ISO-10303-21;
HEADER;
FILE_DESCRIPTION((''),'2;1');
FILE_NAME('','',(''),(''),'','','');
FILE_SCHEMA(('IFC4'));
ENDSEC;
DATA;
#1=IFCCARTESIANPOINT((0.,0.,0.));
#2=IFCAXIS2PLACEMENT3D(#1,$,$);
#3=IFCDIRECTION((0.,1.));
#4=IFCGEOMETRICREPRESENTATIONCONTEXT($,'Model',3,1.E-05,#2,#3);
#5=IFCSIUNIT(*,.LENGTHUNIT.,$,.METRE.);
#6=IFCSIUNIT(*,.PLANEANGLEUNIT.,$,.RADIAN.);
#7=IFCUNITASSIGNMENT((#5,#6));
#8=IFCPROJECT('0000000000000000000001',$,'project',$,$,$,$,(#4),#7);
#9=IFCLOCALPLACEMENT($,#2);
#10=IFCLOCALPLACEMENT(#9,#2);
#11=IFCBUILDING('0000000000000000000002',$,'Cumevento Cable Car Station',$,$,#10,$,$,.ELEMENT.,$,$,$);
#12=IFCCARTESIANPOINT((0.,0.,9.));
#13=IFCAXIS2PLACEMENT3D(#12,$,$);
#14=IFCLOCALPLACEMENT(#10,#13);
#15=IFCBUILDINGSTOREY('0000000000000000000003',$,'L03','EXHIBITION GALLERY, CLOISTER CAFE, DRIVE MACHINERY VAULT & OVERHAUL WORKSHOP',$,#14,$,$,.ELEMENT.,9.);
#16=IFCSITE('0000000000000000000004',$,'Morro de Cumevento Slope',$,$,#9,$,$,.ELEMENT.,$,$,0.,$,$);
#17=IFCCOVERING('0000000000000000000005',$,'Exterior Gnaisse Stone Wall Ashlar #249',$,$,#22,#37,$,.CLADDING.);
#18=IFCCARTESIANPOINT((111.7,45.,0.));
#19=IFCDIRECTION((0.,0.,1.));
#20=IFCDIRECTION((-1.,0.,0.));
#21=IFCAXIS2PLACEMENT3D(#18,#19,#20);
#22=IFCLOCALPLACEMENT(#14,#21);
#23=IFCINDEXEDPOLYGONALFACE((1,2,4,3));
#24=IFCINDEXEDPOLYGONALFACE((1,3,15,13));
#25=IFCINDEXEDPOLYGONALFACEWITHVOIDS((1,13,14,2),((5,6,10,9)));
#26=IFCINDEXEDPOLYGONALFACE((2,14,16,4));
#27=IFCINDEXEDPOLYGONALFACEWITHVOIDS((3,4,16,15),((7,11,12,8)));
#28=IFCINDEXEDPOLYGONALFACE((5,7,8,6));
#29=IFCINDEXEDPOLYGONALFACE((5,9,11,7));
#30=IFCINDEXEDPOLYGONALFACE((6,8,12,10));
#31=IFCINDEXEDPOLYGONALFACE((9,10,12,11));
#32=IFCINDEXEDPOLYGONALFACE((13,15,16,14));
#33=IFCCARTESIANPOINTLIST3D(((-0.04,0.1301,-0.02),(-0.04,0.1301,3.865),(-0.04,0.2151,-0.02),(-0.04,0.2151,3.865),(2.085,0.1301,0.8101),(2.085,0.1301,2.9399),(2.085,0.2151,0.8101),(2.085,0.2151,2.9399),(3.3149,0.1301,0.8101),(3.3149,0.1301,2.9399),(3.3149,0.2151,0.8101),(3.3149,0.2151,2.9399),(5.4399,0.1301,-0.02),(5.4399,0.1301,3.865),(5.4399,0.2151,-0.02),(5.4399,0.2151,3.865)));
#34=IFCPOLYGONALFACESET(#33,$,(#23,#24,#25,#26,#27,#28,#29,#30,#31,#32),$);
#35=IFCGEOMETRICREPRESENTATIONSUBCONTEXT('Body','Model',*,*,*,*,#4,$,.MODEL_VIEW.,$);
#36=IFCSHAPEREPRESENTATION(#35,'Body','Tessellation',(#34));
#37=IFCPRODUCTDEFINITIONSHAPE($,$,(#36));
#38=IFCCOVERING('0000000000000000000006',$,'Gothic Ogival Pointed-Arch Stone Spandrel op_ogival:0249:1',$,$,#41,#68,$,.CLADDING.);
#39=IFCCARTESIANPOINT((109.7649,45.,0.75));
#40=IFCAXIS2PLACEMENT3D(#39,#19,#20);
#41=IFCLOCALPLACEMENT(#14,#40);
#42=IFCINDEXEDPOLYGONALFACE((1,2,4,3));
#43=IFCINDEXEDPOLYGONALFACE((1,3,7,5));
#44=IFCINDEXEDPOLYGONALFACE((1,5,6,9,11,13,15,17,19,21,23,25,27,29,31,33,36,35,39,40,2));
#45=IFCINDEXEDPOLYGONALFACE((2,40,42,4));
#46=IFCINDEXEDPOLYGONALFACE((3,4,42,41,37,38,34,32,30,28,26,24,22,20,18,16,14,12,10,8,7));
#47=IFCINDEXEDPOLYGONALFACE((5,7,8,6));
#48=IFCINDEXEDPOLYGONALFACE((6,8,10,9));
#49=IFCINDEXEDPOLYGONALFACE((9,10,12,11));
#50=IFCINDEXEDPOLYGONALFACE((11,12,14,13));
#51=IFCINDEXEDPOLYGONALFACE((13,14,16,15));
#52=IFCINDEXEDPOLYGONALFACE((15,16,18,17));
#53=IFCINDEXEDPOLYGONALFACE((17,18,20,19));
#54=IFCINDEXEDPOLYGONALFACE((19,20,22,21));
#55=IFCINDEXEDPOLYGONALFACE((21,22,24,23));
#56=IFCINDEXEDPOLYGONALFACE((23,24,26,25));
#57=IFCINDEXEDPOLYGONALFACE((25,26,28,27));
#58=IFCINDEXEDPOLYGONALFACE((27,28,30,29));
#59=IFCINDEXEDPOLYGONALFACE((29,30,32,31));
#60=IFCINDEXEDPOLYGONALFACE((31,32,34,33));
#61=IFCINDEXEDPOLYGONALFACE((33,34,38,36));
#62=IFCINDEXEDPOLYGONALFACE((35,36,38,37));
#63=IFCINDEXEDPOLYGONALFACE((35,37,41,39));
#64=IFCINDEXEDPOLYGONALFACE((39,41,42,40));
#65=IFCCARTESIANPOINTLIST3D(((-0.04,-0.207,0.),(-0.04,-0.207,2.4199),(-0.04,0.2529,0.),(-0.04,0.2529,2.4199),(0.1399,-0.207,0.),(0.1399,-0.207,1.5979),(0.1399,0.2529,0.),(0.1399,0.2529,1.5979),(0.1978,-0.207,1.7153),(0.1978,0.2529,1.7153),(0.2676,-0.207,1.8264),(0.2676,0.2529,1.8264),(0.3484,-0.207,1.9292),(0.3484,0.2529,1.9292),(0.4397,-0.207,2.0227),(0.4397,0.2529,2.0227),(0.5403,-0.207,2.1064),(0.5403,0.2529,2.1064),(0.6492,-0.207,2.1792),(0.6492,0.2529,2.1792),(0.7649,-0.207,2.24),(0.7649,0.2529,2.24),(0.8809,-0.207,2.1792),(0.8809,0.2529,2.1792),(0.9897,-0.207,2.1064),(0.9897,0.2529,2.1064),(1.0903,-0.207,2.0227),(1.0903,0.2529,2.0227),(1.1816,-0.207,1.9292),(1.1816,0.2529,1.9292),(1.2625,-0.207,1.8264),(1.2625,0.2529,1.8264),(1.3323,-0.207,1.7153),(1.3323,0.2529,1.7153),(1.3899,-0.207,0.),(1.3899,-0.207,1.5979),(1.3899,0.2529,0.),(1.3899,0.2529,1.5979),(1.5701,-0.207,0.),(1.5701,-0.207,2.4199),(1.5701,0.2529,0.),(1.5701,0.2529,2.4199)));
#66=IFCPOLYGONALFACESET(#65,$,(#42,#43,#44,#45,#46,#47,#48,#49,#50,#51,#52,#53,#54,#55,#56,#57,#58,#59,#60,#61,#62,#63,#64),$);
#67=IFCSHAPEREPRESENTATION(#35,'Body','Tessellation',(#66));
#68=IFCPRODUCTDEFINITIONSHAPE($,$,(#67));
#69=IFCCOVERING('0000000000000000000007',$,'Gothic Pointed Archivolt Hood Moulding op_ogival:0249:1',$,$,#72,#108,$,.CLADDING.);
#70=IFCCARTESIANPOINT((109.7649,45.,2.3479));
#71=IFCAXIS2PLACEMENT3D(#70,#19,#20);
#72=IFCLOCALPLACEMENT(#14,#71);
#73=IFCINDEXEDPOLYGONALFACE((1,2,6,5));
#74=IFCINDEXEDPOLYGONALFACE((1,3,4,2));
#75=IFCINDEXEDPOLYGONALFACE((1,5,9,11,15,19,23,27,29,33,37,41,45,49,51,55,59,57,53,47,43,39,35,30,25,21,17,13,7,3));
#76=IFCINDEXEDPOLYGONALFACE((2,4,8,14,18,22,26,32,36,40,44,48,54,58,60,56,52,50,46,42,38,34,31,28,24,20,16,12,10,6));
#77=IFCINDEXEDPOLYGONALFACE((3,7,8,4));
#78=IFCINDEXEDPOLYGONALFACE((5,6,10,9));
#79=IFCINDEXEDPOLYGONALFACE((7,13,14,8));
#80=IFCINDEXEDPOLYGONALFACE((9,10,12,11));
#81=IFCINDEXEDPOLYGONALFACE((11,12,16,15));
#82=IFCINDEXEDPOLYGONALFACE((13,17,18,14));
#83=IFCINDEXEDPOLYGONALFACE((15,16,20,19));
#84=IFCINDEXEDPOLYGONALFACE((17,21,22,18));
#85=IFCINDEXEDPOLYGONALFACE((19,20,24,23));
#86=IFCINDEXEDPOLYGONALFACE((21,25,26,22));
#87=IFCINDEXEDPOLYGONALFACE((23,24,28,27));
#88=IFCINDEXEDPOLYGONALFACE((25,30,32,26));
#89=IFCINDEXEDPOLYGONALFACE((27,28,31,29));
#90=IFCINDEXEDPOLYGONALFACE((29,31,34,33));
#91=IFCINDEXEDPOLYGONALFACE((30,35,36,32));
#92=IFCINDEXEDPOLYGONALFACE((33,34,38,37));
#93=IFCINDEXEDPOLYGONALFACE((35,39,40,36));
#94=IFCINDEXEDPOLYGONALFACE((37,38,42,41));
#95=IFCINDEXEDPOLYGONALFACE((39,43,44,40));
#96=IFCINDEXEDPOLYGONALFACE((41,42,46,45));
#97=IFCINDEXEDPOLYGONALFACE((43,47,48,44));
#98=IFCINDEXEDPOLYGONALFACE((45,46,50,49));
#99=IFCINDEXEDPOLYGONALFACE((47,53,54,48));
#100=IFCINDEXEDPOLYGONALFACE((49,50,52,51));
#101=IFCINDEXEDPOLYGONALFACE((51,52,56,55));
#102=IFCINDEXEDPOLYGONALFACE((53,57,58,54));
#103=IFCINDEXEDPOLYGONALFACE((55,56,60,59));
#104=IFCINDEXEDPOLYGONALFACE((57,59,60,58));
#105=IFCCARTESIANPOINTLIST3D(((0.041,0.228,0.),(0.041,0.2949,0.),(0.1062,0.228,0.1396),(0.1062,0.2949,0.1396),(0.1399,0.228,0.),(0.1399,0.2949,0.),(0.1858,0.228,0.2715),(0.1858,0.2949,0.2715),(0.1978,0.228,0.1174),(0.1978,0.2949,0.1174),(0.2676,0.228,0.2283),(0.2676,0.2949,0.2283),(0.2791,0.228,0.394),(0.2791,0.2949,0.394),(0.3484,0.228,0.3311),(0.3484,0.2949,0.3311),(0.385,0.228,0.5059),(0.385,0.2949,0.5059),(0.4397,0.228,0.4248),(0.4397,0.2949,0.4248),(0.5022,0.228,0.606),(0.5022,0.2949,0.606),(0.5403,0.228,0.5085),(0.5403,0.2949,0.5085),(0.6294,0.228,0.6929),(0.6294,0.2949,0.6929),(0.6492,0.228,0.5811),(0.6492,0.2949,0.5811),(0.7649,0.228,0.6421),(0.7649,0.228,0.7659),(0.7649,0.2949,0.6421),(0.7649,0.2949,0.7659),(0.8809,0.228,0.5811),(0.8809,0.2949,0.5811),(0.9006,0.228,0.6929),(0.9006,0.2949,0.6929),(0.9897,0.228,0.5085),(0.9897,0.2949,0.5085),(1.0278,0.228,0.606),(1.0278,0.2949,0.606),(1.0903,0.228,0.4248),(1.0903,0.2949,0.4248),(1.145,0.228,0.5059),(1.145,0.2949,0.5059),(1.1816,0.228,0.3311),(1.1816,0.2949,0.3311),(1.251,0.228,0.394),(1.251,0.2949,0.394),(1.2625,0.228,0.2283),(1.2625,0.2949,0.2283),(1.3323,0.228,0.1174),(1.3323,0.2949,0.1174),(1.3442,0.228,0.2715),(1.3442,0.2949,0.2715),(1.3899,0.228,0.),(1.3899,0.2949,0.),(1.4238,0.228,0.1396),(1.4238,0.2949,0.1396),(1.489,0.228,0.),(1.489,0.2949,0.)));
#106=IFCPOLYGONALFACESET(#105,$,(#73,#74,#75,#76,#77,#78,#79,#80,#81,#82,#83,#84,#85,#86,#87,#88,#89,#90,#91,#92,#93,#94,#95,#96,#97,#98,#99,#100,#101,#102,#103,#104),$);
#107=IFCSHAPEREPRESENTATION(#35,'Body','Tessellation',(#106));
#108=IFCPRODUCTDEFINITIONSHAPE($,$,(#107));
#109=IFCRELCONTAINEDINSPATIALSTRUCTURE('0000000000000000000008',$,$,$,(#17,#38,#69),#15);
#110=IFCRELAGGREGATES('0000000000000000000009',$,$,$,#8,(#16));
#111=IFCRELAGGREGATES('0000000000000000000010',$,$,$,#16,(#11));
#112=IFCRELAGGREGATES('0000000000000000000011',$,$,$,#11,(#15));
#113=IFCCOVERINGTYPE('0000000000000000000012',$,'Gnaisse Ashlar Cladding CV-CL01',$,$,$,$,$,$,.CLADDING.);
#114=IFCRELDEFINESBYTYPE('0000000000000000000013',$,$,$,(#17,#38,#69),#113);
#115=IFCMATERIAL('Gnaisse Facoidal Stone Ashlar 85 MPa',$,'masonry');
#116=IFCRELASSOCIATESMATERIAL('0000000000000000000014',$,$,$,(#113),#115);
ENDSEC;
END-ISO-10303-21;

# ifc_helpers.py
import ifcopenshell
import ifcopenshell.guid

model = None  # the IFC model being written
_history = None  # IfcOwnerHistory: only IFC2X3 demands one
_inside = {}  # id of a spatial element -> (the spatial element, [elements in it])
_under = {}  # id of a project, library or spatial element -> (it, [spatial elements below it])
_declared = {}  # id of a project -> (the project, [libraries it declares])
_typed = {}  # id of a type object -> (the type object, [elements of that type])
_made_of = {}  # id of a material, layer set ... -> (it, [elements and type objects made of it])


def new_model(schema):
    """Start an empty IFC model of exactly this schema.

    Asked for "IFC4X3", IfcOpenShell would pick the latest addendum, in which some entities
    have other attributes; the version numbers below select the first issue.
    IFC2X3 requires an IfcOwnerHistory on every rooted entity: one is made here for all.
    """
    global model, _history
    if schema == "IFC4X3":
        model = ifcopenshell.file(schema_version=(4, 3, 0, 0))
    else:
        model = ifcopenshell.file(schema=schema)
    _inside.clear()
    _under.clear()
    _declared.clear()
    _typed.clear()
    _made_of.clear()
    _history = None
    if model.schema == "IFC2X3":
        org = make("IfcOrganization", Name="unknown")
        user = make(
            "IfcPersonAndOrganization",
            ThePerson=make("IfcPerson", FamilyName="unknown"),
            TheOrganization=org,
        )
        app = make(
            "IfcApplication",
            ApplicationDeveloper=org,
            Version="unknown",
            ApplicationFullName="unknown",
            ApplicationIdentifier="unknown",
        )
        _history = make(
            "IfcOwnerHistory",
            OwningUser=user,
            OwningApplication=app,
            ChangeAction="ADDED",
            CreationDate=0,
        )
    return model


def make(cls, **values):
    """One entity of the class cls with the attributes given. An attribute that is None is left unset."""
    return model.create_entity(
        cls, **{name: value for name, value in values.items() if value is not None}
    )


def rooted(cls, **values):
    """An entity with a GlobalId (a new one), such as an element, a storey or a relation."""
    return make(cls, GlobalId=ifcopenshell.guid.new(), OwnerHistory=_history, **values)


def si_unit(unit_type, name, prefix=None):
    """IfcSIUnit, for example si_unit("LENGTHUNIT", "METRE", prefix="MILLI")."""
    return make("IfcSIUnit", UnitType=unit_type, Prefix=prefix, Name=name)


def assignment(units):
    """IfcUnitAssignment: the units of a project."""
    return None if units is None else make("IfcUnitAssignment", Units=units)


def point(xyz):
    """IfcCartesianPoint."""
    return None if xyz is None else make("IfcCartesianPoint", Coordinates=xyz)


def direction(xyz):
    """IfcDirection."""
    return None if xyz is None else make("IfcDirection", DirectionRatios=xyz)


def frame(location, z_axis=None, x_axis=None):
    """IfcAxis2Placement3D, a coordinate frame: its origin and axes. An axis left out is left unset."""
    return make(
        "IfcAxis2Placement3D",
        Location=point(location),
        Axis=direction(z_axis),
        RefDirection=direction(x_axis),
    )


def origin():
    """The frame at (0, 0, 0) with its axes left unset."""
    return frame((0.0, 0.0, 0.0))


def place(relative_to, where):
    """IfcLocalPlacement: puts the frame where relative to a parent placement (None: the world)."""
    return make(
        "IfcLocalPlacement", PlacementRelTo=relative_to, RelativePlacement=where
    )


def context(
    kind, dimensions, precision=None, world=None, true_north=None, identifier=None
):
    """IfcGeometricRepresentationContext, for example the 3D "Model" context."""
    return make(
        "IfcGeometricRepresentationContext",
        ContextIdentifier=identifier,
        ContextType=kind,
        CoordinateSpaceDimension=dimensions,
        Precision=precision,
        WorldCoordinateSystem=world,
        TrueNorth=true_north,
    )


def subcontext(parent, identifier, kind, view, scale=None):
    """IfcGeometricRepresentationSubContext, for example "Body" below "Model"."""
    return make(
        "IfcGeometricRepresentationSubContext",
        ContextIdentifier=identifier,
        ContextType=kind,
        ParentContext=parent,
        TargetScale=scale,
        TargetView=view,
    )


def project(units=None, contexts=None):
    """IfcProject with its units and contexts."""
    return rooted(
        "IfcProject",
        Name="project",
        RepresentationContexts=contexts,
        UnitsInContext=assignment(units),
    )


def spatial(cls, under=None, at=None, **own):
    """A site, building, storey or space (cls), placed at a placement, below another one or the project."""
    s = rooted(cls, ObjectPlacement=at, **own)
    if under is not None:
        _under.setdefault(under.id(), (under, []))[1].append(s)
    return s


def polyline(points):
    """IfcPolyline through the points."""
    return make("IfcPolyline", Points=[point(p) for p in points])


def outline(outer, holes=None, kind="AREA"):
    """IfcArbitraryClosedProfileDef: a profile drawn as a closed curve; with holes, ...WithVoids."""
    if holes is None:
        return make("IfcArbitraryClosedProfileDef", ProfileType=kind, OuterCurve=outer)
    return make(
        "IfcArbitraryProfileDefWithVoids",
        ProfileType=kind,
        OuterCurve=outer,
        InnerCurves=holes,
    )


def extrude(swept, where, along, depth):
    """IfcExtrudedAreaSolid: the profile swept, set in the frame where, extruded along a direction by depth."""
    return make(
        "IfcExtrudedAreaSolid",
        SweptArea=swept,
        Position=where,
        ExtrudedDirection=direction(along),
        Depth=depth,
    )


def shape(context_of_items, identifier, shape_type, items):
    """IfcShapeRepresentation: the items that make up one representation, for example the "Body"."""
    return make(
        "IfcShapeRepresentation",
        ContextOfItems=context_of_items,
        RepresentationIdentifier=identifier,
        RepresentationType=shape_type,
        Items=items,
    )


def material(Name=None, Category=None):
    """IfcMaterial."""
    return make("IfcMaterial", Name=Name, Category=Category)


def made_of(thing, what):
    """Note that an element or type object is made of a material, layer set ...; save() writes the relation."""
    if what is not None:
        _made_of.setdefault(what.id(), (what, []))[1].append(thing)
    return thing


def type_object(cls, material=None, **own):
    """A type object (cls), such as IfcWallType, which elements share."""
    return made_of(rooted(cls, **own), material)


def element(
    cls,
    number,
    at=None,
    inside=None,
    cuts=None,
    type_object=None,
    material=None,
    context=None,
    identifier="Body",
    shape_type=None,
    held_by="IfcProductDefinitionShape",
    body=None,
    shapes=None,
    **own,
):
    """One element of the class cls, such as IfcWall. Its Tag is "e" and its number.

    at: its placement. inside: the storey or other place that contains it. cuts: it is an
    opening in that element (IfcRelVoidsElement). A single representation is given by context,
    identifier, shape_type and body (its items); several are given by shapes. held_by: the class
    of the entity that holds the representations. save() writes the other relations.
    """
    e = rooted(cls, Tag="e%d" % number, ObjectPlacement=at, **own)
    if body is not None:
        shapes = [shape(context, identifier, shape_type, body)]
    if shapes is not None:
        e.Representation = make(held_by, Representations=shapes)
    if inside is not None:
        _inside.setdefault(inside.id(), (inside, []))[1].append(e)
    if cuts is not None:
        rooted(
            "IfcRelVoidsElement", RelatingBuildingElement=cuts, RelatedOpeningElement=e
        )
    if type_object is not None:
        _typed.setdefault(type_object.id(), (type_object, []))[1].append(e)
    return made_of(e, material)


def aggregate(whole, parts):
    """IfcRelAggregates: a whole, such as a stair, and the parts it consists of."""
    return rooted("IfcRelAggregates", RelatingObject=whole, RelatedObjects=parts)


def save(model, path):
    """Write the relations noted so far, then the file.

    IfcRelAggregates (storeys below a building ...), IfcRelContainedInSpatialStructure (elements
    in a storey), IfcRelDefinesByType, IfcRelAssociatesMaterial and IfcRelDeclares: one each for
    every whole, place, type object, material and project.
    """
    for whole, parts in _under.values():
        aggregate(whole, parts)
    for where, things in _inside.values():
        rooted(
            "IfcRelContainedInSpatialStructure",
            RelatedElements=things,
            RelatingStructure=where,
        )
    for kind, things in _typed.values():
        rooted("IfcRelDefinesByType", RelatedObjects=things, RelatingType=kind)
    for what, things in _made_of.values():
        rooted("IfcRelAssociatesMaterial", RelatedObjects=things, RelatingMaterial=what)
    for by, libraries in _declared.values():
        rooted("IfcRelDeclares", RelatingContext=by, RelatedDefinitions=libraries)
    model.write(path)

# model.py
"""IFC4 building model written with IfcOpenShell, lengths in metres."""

from ifc_helpers import new_model, si_unit, direction, frame, origin, place, context, subcontext, project, spatial, polyline, outline, extrude, material, type_object, element, save


model = new_model("IFC4")

# Units and contexts
model_context = context("Model", 3, precision=1e-05, world=origin(), true_north=direction((0.0, 1.0)))
body_context = subcontext(model_context, "Body", "Model", "MODEL_VIEW")
ifc_project = project(units=[si_unit("LENGTHUNIT", "METRE"), si_unit("PLANEANGLEUNIT", "RADIAN")], contexts=[model_context])

# Site, building, storey
site_placement = place(None, origin())
site = spatial("IfcSite", under=ifc_project, at=site_placement, Name="Morro de Cumevento Slope", CompositionType="ELEMENT", RefElevation=0.0)
building_placement = place(site_placement, origin())
building = spatial("IfcBuilding", under=site, at=building_placement, Name="Cumevento Cable Car Station", CompositionType="ELEMENT")
storey_placement = place(building_placement, frame((0.0, 0.0, 9.0)))
storey = spatial("IfcBuildingStorey", under=building, at=storey_placement, Name="L03", Description="EXHIBITION GALLERY, CLOISTER CAFE, DRIVE MACHINERY VAULT & OVERHAUL WORKSHOP", CompositionType="ELEMENT", Elevation=9.0)

# Coverings
ifc_material_1 = material(Name="Gnaisse Facoidal Stone Ashlar 85 MPa", Category="masonry")
covering_type = type_object("IfcCoveringType", Name="Gnaisse Ashlar Cladding CV-CL01", PredefinedType="CLADDING", material=ifc_material_1)
covering_1_placement = place(storey_placement, frame((111.7, 45.0, 0.0), z_axis=(0.0, 0.0, 1.0), x_axis=(-1.0, 0.0, 0.0)))
element("IfcCovering", 1, at=covering_1_placement, inside=storey, type_object=covering_type, Name="Exterior Gnaisse Stone Wall Ashlar #249", PredefinedType="CLADDING", context=body_context, shape_type="SweptSolid", body=[
    extrude(outline(polyline([(-0.04, -0.02), (5.4399, -0.02), (5.4399, 3.865), (-0.04, 3.865), (-0.04, -0.02)]), holes=[polyline([(2.085, 0.8101), (3.3149, 0.8101), (3.3149, 2.9399), (2.085, 2.9399), (2.085, 0.8101)])]), frame((0.0, 0.2151, 0.0), z_axis=(0.0, -1.0, 0.0), x_axis=(1.0, 0.0, 0.0)), (0.0, 0.0, 1.0), 0.085),
])
covering_2_placement = place(storey_placement, frame((109.7649, 45.0, 0.75), z_axis=(0.0, 0.0, 1.0), x_axis=(-1.0, 0.0, 0.0)))
element("IfcCovering", 2, at=covering_2_placement, inside=storey, type_object=covering_type, Name="Gothic Ogival Pointed-Arch Stone Spandrel op_ogival:0249:1", PredefinedType="CLADDING", context=body_context, shape_type="SweptSolid", body=[
    extrude(outline(polyline([(-0.04, 0.0), (-0.04, 2.4199), (1.5701, 2.4199), (1.5701, 0.0), (1.3899, 0.0), (1.3899, 1.5979), (1.3323, 1.7153), (1.2625, 1.8264), (1.1816, 1.9292), (1.0903, 2.0227), (0.9897, 2.1064), (0.8809, 2.1792), (0.7649, 2.24), (0.6492, 2.1792), (0.5403, 2.1064), (0.4397, 2.0227), (0.3484, 1.9292), (0.2676, 1.8264), (0.1978, 1.7153), (0.1399, 1.5979), (0.1399, 0.0), (-0.04, 0.0)])), frame((0.0, 0.2529, 0.0), z_axis=(0.0, -1.0, 0.0), x_axis=(1.0, 0.0, 0.0)), (0.0, 0.0, 1.0), 0.46),
])
covering_3_placement = place(storey_placement, frame((109.7649, 45.0, 2.3479), z_axis=(0.0, 0.0, 1.0), x_axis=(-1.0, 0.0, 0.0)))
element("IfcCovering", 3, at=covering_3_placement, inside=storey, type_object=covering_type, Name="Gothic Pointed Archivolt Hood Moulding op_ogival:0249:1", PredefinedType="CLADDING", context=body_context, shape_type="SweptSolid", body=[
    extrude(outline(polyline([(0.1399, 0.0), (0.1978, 0.1174), (0.2676, 0.2283), (0.3484, 0.3311), (0.4397, 0.4248), (0.5403, 0.5085), (0.6492, 0.5811), (0.7649, 0.6421), (0.8809, 0.5811), (0.9897, 0.5085), (1.0903, 0.4248), (1.1816, 0.3311), (1.2625, 0.2283), (1.3323, 0.1174), (1.3899, 0.0), (1.489, 0.0), (1.4238, 0.1396), (1.3442, 0.2715), (1.251, 0.394), (1.145, 0.5059), (1.0278, 0.606), (0.9006, 0.6929), (0.7649, 0.7659), (0.6294, 0.6929), (0.5022, 0.606), (0.385, 0.5059), (0.2791, 0.394), (0.1858, 0.2715), (0.1062, 0.1396), (0.041, 0.0), (0.1399, 0.0)])), frame((0.0, 0.2949, 0.0), z_axis=(0.0, -1.0, 0.0), x_axis=(1.0, 0.0, 0.0)), (0.0, 0.0, 1.0), 0.0669),
])

save(model, "model.ifc")
